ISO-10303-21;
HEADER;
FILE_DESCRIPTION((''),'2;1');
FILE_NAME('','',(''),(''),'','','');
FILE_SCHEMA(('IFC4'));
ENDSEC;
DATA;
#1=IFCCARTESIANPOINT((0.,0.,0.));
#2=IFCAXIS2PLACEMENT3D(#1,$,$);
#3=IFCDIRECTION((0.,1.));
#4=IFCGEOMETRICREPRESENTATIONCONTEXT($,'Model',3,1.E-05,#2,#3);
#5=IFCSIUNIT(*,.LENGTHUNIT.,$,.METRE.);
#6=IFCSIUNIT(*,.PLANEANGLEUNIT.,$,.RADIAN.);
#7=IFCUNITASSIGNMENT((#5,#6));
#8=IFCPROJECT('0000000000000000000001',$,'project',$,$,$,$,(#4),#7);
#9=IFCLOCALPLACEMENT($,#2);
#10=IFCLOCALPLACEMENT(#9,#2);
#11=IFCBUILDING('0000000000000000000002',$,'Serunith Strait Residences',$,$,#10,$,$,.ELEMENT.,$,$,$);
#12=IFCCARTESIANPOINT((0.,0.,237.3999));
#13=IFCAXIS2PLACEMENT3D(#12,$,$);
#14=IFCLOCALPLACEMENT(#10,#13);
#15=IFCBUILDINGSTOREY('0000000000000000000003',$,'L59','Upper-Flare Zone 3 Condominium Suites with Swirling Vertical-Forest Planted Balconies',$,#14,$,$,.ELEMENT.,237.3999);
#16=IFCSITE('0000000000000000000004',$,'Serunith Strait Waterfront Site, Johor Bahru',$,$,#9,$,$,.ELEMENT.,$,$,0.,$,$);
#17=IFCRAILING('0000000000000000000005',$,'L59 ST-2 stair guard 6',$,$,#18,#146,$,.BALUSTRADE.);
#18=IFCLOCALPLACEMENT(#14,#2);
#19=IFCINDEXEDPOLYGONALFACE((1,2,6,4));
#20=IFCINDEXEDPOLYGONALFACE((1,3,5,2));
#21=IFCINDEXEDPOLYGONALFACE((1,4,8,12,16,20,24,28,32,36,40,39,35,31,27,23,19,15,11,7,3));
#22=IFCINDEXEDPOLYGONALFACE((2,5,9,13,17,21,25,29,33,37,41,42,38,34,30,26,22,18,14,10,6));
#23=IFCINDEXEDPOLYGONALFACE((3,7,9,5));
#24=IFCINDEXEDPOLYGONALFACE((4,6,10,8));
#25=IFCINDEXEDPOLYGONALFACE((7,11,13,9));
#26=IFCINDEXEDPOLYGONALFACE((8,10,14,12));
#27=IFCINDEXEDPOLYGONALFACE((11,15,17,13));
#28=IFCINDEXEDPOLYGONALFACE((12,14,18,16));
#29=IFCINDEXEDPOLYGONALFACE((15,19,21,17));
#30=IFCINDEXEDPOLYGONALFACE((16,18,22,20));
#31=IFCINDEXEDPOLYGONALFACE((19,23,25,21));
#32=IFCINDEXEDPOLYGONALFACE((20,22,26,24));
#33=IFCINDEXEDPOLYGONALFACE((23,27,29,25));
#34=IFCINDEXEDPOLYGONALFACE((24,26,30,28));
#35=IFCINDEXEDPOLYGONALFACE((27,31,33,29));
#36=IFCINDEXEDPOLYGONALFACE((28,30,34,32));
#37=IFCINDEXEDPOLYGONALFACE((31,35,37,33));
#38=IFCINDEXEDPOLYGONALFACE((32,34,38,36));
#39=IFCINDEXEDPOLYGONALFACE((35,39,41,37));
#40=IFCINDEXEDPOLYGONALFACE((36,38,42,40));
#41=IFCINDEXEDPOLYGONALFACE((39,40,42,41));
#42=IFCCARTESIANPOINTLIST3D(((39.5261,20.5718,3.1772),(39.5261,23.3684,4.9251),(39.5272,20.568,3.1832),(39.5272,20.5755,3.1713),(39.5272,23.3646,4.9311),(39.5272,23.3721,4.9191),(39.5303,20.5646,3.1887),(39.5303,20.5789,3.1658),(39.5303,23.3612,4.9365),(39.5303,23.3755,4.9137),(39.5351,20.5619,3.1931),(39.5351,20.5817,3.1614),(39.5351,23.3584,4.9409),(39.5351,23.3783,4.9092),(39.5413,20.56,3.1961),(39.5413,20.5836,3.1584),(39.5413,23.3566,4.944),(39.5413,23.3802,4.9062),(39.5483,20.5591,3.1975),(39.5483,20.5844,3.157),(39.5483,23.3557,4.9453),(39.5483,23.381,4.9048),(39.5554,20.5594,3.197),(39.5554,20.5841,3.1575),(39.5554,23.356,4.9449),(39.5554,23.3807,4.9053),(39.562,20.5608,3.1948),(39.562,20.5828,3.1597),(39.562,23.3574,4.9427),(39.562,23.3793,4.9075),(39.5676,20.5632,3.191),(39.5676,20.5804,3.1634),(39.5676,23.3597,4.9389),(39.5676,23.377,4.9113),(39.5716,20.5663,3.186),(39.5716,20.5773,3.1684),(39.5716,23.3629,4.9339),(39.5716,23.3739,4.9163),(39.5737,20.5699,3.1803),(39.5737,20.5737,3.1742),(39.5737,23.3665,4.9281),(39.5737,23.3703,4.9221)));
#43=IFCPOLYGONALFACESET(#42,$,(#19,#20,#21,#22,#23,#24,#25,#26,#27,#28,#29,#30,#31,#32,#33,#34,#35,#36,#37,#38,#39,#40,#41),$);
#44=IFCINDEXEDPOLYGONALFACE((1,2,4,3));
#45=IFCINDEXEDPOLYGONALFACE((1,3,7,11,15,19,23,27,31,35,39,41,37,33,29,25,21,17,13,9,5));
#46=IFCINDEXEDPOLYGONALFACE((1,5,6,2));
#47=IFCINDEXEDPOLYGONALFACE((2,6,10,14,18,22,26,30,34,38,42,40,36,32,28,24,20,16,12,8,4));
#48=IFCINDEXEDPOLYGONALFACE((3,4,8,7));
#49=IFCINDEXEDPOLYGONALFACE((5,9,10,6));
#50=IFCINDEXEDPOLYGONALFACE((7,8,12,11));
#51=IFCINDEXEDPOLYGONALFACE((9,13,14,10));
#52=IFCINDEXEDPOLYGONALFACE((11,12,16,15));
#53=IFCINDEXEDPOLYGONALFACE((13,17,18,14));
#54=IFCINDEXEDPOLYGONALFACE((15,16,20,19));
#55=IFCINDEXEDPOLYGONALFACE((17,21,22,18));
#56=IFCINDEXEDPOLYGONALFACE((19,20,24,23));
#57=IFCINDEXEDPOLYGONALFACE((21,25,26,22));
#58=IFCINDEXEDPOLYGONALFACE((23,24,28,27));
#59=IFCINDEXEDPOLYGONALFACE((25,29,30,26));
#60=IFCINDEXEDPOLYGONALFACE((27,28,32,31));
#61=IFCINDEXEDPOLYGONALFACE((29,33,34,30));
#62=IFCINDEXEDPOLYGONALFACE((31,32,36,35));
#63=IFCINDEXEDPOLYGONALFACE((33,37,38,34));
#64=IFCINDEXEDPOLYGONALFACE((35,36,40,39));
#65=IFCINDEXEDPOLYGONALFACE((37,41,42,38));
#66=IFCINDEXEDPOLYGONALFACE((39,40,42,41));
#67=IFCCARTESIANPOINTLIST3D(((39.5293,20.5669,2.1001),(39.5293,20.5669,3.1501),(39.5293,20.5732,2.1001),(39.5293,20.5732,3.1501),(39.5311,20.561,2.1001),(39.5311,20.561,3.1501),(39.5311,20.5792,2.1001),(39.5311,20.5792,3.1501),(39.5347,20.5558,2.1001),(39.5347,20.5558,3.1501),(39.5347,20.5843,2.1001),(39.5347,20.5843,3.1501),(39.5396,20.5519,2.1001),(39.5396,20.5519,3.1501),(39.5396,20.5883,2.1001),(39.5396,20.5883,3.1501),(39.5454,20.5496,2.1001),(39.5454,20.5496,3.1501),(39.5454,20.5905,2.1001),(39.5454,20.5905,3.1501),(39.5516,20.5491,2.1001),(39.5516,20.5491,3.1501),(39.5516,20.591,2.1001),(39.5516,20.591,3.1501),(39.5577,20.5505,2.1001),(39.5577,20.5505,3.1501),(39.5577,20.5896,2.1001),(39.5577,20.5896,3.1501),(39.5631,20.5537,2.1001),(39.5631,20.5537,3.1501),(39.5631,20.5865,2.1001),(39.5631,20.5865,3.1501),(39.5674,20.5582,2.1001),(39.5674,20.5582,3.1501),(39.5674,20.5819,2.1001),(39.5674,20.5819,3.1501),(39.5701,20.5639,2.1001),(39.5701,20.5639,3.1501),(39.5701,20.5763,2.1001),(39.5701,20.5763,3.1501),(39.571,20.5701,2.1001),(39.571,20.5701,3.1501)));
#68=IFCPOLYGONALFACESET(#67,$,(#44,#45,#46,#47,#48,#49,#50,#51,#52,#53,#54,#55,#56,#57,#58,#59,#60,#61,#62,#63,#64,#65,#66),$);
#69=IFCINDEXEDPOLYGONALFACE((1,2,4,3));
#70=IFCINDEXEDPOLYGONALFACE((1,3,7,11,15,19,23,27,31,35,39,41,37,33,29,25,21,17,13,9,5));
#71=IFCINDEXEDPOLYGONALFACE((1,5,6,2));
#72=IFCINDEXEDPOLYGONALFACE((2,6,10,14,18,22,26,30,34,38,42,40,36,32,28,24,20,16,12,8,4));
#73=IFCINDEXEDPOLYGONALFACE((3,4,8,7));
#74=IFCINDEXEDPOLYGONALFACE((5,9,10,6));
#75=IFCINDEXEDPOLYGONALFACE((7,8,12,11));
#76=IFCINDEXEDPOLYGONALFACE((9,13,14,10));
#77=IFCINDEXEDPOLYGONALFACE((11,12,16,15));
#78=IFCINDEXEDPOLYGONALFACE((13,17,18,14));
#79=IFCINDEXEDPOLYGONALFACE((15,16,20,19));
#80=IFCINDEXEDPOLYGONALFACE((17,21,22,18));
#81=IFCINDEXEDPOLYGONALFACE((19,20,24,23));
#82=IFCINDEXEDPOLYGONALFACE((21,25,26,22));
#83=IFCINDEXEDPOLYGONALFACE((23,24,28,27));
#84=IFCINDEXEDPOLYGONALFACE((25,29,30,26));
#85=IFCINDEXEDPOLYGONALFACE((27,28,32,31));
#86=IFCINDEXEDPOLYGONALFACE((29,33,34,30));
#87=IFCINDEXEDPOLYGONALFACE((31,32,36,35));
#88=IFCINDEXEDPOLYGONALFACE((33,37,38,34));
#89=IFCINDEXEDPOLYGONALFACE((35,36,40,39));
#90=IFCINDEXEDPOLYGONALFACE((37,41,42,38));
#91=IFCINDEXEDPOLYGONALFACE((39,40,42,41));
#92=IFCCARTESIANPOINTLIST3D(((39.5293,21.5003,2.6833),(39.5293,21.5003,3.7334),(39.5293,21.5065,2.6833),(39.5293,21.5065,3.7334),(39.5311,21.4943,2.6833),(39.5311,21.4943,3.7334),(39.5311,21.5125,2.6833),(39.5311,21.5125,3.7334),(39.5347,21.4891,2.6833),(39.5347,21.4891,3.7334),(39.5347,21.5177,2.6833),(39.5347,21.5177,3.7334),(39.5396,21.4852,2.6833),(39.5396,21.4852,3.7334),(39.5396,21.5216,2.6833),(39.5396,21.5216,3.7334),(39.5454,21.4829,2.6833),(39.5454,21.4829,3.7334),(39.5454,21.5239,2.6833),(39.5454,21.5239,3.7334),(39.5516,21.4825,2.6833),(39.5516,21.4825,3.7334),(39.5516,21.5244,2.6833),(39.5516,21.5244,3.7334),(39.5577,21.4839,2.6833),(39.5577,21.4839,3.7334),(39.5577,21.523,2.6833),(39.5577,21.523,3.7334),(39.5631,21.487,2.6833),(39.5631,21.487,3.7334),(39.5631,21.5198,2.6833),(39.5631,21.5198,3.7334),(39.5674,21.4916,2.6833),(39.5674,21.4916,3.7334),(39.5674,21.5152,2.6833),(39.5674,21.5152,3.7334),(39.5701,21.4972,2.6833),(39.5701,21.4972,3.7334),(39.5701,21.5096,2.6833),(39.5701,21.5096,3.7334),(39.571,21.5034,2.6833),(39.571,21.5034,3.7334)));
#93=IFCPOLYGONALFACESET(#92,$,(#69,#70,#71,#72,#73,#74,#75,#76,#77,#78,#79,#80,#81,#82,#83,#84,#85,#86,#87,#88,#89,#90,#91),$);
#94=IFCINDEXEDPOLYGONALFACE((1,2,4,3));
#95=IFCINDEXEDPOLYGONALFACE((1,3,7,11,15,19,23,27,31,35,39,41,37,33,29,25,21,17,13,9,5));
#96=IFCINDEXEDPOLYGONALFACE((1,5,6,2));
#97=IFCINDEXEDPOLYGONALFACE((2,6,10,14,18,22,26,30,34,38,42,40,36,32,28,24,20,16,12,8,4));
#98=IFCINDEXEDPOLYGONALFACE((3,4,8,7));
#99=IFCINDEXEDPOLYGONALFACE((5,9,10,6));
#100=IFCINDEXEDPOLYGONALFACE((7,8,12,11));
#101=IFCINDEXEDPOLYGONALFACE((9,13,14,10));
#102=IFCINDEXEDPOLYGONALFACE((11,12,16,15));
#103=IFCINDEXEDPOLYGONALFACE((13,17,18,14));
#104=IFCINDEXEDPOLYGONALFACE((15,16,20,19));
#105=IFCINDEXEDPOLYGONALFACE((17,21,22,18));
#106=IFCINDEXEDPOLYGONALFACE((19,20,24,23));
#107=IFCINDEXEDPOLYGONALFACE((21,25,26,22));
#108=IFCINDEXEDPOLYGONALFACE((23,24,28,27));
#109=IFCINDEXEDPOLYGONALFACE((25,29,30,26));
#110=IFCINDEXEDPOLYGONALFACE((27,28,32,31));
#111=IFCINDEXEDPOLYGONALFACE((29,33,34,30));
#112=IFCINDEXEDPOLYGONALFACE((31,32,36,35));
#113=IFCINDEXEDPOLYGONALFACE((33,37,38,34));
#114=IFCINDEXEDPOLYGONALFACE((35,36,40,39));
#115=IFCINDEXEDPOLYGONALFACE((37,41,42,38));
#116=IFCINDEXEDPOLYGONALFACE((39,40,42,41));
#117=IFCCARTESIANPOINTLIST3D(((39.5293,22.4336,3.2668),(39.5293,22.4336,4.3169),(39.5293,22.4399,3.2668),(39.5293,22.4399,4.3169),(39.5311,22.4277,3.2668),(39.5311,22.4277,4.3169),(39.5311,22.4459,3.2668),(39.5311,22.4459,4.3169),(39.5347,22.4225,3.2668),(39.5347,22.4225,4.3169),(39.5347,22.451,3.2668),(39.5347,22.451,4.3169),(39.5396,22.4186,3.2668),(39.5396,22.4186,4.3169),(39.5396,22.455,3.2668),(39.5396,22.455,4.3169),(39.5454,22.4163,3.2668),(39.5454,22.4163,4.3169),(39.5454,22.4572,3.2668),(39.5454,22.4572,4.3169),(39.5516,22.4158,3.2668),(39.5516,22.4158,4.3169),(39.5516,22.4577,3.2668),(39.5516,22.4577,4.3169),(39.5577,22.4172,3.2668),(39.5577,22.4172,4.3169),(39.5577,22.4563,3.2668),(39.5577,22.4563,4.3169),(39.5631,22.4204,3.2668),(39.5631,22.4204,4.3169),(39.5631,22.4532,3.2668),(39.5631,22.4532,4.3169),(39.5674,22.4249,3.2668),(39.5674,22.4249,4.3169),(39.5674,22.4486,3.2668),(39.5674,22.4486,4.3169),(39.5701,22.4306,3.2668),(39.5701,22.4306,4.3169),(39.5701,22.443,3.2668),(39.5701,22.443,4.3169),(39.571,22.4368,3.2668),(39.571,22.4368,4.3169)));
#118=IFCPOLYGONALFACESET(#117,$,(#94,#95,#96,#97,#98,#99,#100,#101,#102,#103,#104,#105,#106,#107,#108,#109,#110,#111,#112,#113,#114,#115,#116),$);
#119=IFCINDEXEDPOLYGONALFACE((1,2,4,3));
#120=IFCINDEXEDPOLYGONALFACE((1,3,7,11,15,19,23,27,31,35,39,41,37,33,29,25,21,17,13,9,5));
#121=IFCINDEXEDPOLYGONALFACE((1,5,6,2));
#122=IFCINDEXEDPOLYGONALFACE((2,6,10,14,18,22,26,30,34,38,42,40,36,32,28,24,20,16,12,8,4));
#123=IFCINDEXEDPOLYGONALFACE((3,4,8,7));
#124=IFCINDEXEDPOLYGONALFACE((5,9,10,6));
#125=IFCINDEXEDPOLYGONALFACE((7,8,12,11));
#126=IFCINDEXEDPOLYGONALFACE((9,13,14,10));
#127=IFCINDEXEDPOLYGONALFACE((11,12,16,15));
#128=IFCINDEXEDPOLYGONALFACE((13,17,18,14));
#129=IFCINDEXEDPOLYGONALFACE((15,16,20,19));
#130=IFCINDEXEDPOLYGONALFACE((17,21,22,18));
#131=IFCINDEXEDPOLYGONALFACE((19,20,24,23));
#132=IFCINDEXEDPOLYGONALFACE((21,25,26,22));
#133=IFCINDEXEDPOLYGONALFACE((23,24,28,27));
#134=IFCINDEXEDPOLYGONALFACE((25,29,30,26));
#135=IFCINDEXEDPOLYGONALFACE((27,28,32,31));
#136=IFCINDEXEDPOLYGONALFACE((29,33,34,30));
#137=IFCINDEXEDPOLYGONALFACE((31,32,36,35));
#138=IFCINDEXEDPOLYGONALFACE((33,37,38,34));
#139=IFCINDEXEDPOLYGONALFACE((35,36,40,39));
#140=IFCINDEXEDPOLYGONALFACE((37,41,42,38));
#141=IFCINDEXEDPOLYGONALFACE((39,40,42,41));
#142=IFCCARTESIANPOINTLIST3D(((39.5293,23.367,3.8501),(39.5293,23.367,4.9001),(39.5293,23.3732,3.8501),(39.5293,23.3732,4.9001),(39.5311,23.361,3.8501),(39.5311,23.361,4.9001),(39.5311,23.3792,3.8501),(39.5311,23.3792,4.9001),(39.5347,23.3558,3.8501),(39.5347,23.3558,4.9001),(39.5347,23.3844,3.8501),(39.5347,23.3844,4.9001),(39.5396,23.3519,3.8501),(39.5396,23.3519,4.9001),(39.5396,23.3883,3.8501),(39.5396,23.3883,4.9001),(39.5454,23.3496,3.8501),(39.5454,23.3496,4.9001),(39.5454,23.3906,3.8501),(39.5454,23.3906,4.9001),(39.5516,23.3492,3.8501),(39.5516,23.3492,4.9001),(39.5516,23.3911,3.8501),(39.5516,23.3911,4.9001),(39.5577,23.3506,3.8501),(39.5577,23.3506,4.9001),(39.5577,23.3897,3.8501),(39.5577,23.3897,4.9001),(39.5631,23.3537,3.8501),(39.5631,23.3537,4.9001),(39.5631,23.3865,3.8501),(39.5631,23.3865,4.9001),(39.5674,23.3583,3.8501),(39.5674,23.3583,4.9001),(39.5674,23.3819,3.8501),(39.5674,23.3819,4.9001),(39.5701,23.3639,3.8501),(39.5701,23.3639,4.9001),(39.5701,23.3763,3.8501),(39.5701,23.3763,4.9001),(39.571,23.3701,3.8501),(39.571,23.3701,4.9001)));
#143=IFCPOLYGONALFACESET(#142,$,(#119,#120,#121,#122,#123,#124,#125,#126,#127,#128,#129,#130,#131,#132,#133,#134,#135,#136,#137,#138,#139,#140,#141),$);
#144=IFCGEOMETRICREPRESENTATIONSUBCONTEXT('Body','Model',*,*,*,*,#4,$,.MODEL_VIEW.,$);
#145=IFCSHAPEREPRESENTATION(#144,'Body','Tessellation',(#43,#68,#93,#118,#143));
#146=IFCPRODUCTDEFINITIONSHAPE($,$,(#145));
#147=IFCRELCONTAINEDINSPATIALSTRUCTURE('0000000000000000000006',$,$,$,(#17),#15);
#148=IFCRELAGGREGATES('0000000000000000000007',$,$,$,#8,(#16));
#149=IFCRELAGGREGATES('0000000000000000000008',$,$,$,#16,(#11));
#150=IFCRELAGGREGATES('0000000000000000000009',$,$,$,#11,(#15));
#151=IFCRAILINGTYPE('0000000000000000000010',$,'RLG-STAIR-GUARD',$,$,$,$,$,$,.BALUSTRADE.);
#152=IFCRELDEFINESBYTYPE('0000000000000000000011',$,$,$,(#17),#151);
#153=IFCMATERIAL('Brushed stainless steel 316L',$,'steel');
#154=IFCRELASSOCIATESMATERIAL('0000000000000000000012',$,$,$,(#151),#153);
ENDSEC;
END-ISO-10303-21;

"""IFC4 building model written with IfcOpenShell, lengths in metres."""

from ifc_helpers import new_model, si_unit, direction, frame, origin, origin_2d, place, context, subcontext, project, spatial, circle, extrude, material, type_object, element, save


model = new_model("IFC4")

# Units and contexts
model_context = context("Model", 3, precision=1e-05, world=origin(), true_north=direction((0.0, 1.0)))
body_context = subcontext(model_context, "Body", "Model", "MODEL_VIEW")
ifc_project = project(units=[si_unit("LENGTHUNIT", "METRE"), si_unit("PLANEANGLEUNIT", "RADIAN")], contexts=[model_context])

# Site, building, storey
site_placement = place(None, origin())
site = spatial("IfcSite", under=ifc_project, at=site_placement, Name="Serunith Strait Waterfront Site, Johor Bahru", CompositionType="ELEMENT", RefElevation=0.0)
building_placement = place(site_placement, origin())
building = spatial("IfcBuilding", under=site, at=building_placement, Name="Serunith Strait Residences", CompositionType="ELEMENT")
storey_placement = place(building_placement, frame((0.0, 0.0, 237.3999)))
storey = spatial("IfcBuildingStorey", under=building, at=storey_placement, Name="L59", Description="Upper-Flare Zone 3 Condominium Suites with Swirling Vertical-Forest Planted Balconies", CompositionType="ELEMENT", Elevation=237.3999)

# Railing
ifc_material_1 = material(Name="Brushed stainless steel 316L", Category="steel")
railing_type_1 = type_object("IfcRailingType", Name="RLG-STAIR-GUARD", PredefinedType="BALUSTRADE", material=ifc_material_1)
railing_1_placement = place(storey_placement, frame((39.55, 20.5701, 2.1001)))
element("IfcRailing", 1, at=railing_1_placement, inside=storey, type_object=railing_type_1, Name="L59 ST-2 stair guard 6", PredefinedType="BALUSTRADE", context=body_context, shape_type="SweptSolid", body=[
    extrude(circle(Radius=0.0239, at=origin_2d()), frame((0.0, 0.0017, 1.0771), z_axis=(0.0, 0.848002, 0.529992), x_axis=(-1.0, 0.0, 0.0)), (0.0, 0.0, 1.0), 3.2979),
    extrude(circle(Radius=0.021, at=origin_2d()), origin(), (0.0, 0.0, 1.0), 1.05),
    extrude(circle(Radius=0.021, at=origin_2d()), frame((0.0, 0.9333, 0.5833)), (0.0, 0.0, 1.0), 1.05),
    extrude(circle(Radius=0.021, at=origin_2d()), frame((0.0, 1.8667, 1.1667)), (0.0, 0.0, 1.0), 1.05),
    extrude(circle(Radius=0.021, at=origin_2d()), frame((0.0, 2.8, 1.75)), (0.0, 0.0, 1.0), 1.05),
])

save(model, "model.ifc")
